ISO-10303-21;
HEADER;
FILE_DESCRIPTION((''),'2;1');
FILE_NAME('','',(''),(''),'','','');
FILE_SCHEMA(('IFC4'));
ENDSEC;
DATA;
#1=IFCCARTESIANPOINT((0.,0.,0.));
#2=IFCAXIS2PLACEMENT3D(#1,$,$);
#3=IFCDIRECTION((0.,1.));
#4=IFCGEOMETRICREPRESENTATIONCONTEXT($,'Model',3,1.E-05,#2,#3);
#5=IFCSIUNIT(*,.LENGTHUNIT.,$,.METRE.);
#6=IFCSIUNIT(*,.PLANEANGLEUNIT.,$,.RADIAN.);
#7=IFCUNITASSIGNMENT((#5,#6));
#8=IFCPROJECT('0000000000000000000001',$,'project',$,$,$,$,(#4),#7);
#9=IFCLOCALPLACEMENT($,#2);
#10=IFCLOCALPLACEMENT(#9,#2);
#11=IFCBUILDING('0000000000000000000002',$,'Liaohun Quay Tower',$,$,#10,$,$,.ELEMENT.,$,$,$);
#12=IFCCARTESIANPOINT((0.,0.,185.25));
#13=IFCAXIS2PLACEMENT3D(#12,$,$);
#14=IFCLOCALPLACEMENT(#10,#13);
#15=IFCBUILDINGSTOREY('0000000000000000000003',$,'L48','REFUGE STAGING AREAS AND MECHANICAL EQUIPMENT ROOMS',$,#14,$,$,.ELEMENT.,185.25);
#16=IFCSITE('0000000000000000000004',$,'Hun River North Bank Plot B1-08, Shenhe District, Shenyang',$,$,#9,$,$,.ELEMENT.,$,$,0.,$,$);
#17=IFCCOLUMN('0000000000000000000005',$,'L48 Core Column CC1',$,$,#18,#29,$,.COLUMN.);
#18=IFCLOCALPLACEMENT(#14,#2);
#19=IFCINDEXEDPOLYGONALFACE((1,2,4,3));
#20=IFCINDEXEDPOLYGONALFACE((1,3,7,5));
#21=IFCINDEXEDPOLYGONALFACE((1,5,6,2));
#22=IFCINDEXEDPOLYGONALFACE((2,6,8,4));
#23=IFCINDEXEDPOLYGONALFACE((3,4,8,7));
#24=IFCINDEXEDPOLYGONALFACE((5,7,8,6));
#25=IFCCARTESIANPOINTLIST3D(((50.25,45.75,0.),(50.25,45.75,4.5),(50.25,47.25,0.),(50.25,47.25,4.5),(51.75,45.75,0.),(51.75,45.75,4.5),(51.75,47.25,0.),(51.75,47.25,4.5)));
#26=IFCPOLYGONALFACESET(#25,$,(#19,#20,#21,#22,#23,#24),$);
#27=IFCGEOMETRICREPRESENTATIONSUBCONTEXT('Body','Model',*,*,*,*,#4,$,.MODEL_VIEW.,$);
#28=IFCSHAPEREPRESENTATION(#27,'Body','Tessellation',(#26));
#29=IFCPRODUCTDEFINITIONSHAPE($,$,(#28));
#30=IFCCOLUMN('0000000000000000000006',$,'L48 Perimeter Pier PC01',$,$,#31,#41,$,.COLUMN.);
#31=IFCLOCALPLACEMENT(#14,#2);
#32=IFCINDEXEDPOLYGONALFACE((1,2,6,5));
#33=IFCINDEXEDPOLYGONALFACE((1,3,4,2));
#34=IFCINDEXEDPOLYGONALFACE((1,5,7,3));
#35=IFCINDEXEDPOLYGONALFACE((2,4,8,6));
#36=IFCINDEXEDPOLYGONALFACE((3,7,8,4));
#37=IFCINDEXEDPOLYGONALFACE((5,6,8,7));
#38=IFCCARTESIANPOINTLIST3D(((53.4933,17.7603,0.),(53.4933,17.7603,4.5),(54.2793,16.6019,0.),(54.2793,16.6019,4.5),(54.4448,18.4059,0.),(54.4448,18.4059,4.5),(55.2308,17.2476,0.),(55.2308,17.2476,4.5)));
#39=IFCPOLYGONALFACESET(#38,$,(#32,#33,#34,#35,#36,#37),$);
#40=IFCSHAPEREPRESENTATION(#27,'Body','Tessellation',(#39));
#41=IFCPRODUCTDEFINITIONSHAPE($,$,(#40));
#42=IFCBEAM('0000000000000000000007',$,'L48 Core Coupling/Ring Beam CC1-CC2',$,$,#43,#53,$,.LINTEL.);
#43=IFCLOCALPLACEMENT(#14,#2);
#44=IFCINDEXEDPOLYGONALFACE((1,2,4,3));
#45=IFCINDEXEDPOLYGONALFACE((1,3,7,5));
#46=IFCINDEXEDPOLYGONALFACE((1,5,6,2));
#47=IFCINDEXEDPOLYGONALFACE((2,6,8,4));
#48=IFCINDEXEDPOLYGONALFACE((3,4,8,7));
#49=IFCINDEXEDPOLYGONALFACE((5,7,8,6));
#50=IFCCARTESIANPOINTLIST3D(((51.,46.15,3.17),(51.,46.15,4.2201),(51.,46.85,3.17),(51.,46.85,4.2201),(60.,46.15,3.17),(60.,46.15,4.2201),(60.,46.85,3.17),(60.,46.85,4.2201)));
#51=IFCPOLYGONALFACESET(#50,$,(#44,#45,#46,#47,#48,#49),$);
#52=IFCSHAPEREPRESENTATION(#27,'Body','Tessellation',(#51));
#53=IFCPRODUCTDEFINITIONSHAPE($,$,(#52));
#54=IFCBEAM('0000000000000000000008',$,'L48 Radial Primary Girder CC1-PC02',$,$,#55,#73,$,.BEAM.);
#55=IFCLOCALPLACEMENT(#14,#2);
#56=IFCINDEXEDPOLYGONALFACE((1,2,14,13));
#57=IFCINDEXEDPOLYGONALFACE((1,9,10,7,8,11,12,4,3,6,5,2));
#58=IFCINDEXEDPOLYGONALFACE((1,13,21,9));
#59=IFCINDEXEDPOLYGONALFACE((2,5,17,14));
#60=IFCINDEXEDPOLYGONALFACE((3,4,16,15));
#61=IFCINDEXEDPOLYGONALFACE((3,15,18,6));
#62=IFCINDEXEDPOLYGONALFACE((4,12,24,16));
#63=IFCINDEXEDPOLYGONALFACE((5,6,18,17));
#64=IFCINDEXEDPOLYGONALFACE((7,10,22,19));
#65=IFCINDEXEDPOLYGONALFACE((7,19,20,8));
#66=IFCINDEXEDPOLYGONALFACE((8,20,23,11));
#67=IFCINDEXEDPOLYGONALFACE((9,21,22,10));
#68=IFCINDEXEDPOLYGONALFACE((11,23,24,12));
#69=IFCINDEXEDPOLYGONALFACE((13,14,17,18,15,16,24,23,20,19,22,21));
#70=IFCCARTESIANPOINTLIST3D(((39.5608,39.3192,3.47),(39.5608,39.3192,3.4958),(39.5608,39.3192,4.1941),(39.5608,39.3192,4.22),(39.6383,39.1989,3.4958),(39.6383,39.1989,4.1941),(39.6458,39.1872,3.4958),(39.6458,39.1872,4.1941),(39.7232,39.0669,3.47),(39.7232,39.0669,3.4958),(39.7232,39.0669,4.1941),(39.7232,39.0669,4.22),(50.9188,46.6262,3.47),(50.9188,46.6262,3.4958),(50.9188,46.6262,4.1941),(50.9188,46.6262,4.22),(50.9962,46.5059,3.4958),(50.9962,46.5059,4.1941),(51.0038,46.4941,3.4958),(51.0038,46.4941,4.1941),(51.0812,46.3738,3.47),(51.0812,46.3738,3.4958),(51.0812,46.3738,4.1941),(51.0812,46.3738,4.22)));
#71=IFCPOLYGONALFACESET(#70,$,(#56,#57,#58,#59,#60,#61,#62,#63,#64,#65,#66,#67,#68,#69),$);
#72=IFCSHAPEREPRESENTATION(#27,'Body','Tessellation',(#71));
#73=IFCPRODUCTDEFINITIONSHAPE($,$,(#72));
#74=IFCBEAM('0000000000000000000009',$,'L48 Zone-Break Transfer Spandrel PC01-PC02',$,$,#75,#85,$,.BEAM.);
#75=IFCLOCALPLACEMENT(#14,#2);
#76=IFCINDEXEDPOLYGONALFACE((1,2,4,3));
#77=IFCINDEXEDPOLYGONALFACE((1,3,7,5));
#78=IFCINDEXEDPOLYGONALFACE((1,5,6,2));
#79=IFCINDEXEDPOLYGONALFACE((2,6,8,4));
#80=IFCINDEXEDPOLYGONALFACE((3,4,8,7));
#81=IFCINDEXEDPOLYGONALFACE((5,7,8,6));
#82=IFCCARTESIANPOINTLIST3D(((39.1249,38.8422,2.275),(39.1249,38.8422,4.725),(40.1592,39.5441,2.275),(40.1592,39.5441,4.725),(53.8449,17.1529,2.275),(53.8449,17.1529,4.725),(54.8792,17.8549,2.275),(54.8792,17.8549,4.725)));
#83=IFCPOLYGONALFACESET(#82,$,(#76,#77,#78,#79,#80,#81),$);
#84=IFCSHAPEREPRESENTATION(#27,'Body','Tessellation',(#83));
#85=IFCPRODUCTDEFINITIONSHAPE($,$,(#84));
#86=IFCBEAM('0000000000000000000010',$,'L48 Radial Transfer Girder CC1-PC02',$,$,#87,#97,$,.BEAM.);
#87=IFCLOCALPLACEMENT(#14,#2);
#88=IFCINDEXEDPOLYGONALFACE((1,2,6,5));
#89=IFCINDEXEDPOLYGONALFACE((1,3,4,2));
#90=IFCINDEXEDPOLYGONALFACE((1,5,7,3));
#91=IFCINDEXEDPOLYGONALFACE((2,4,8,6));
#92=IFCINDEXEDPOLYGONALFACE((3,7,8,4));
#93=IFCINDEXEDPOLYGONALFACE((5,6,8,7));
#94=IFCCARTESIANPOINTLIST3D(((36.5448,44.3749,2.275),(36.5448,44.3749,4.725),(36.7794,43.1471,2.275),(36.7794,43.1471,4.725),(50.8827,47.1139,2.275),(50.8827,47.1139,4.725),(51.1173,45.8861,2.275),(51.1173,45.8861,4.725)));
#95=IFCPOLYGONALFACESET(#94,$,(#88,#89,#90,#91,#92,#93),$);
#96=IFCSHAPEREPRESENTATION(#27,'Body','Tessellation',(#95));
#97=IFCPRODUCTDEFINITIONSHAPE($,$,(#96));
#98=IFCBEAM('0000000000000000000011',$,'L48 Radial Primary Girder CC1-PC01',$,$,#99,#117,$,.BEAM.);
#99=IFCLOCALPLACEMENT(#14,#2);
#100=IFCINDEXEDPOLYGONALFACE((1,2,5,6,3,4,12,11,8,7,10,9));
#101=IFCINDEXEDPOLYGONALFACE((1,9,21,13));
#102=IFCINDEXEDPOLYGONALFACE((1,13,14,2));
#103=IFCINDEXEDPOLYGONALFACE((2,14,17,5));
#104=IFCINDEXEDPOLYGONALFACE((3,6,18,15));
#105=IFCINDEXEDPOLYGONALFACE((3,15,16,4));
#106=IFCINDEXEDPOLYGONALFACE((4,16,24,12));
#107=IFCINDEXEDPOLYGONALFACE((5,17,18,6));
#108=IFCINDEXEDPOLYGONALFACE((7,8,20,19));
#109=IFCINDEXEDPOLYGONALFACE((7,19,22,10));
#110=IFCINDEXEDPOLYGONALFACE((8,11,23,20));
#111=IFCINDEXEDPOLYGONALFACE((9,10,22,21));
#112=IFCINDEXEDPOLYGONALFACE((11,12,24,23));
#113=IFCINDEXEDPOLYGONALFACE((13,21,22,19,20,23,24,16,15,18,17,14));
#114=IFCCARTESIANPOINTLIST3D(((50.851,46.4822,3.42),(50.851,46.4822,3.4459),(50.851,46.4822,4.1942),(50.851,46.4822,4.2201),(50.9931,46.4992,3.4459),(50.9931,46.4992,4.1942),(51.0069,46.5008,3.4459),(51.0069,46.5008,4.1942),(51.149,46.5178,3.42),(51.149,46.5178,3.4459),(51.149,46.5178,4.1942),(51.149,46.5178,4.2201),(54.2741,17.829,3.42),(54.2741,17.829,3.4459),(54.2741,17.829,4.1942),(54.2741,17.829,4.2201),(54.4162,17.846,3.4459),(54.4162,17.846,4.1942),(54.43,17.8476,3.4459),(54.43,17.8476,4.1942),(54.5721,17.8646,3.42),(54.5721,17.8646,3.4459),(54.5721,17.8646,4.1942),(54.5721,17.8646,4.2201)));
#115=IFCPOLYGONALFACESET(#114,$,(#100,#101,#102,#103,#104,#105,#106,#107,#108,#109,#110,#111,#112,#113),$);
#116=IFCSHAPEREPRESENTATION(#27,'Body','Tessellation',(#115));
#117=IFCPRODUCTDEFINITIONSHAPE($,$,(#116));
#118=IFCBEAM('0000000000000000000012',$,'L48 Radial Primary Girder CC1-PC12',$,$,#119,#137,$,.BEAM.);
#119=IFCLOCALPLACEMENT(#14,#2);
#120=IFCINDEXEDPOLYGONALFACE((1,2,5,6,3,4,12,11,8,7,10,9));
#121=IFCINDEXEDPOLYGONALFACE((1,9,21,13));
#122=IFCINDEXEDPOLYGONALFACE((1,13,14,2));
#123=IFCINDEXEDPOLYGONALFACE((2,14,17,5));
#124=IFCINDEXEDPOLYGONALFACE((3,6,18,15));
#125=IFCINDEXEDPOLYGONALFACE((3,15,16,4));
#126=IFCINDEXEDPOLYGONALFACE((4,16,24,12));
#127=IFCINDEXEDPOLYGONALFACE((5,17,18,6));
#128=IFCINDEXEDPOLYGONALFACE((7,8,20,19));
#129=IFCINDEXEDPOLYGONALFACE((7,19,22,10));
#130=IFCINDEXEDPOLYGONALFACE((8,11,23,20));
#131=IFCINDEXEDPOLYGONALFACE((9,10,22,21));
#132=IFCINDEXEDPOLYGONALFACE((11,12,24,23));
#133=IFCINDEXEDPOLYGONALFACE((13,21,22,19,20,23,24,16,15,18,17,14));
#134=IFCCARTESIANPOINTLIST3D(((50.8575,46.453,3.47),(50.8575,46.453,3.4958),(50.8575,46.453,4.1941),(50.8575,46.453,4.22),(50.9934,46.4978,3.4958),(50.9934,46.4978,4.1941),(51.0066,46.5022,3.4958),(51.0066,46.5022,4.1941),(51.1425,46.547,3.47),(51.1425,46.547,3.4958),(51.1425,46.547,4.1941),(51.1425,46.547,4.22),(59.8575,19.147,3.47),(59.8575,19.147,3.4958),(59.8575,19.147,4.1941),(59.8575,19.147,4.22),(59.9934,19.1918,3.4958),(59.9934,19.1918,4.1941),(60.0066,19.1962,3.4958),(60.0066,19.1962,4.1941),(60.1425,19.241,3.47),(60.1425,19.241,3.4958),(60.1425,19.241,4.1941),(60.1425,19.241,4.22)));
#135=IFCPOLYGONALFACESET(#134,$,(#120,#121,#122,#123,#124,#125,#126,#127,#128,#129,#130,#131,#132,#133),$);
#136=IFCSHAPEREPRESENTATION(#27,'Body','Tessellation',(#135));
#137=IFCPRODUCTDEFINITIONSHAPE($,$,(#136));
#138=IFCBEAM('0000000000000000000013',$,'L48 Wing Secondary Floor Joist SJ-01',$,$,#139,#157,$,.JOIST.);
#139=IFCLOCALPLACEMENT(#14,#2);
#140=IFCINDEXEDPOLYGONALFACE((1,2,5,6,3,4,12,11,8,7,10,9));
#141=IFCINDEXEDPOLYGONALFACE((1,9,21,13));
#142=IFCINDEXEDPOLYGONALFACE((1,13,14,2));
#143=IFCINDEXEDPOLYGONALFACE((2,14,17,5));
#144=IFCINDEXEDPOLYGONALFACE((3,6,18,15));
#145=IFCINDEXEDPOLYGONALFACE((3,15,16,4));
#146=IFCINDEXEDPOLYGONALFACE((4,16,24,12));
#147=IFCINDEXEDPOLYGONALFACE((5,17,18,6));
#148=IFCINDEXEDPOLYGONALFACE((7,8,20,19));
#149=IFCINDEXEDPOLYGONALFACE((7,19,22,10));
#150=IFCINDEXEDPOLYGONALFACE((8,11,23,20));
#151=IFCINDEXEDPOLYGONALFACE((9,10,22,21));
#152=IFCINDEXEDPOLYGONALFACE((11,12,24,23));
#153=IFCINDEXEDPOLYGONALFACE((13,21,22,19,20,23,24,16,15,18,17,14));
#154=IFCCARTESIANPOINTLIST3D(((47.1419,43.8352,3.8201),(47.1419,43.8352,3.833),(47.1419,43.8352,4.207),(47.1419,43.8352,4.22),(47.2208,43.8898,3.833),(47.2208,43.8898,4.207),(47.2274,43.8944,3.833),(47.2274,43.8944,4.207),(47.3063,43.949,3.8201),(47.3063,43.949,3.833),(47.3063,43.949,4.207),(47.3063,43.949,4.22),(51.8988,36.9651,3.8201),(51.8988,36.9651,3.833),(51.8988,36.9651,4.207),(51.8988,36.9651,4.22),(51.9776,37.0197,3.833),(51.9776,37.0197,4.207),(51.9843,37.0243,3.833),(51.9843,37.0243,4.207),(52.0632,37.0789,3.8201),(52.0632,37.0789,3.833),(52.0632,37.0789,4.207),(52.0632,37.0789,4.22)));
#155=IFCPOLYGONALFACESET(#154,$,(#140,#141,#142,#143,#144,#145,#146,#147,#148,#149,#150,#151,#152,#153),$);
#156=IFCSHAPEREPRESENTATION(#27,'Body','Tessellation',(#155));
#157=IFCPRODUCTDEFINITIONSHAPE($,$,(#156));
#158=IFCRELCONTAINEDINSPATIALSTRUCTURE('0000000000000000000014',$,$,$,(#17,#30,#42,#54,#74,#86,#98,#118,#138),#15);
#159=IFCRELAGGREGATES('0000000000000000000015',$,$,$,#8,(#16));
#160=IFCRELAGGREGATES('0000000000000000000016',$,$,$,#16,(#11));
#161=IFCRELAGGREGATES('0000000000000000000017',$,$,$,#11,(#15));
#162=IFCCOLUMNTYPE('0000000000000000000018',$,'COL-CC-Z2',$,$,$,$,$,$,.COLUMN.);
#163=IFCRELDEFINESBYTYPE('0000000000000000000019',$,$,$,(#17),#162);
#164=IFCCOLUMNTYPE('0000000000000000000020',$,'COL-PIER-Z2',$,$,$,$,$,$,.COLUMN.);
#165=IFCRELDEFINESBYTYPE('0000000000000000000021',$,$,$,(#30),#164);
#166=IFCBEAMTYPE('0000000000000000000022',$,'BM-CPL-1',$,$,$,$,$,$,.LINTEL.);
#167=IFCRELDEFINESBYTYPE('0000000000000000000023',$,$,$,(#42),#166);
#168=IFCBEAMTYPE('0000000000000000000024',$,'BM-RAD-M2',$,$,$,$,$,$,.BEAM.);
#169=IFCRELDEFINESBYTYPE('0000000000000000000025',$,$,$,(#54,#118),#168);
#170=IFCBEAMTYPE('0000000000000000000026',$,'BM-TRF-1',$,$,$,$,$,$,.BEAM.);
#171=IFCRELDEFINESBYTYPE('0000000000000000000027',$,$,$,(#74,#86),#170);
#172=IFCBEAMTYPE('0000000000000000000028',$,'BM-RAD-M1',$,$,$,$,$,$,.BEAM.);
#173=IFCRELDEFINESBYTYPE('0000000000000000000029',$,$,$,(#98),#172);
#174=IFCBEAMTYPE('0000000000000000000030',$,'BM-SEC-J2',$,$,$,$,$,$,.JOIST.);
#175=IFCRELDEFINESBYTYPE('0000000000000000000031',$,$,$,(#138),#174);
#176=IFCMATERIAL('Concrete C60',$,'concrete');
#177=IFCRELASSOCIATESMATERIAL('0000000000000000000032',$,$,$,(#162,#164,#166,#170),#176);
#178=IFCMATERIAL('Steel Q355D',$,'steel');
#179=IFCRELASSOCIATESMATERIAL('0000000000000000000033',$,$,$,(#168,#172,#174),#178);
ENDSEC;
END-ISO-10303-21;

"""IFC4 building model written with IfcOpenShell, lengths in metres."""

from ifc_helpers import new_model, si_unit, direction, frame, origin, origin_2d, place, context, subcontext, project, spatial, rectangle, i_section, extrude, source, transform, mapped, material, material_profile, profile_set, type_object, element, save


model = new_model("IFC4")

# Units and contexts
model_context = context("Model", 3, precision=1e-05, world=origin(), true_north=direction((0.0, 1.0)))
body_context = subcontext(model_context, "Body", "Model", "MODEL_VIEW")
ifc_project = project(units=[si_unit("LENGTHUNIT", "METRE"), si_unit("PLANEANGLEUNIT", "RADIAN")], contexts=[model_context])

# Site, building, storey
site_placement = place(None, origin())
site = spatial("IfcSite", under=ifc_project, at=site_placement, Name="Hun River North Bank Plot B1-08, Shenhe District, Shenyang", CompositionType="ELEMENT", RefElevation=0.0)
building_placement = place(site_placement, origin())
building = spatial("IfcBuilding", under=site, at=building_placement, Name="Liaohun Quay Tower", CompositionType="ELEMENT")
storey_placement = place(building_placement, frame((0.0, 0.0, 185.25)))
storey = spatial("IfcBuildingStorey", under=building, at=storey_placement, Name="L48", Description="REFUGE STAGING AREAS AND MECHANICAL EQUIPMENT ROOMS", CompositionType="ELEMENT", Elevation=185.25)

# Columns
ifc_material_1 = material(Name="Concrete C60", Category="concrete")
ifc_material_profile_1 = material_profile(ifc_material_1, rectangle(XDim=1.5, YDim=1.5, at=origin_2d()), Name="RC1500x1500")
ifc_profile_set_1 = profile_set([ifc_material_profile_1], Name="Concrete C60")
column_type_1 = type_object("IfcColumnType", Name="COL-CC-Z2", PredefinedType="COLUMN", material=ifc_profile_set_1)
shared_shape_1 = source(origin(), body_context, "Body", "SweptSolid", [
    extrude(rectangle(XDim=1.5, YDim=1.5, at=origin_2d()), origin(), (0.0, 0.0, 1.0), 4.5),
])
column_1_placement = place(storey_placement, frame((51.0, 46.5, 0.0), z_axis=(0.0, 0.0, 1.0), x_axis=(1.0, 0.0, 0.0)))
element("IfcColumn", 1, at=column_1_placement, inside=storey, type_object=column_type_1, Name="L48 Core Column CC1", PredefinedType="COLUMN", context=body_context, shape_type="MappedRepresentation", body=[
    mapped(shared_shape_1, transform((0.0, 0.0, 0.0), x_axis=(1.0, 0.0, 0.0), y_axis=(0.0, 1.0, 0.0), z_axis=(0.0, 0.0, 1.0), scale=1.0)),
])
ifc_material_profile_2 = material_profile(ifc_material_1, rectangle(XDim=1.3999, YDim=1.1499, at=origin_2d()), Name="RC1400x1150")
ifc_profile_set_2 = profile_set([ifc_material_profile_2], Name="Concrete C60")
column_type_2 = type_object("IfcColumnType", Name="COL-PIER-Z2", PredefinedType="COLUMN", material=ifc_profile_set_2)
shared_shape_2 = source(origin(), body_context, "Body", "SweptSolid", [
    extrude(rectangle(XDim=1.3999, YDim=1.1499, at=origin_2d()), origin(), (0.0, 0.0, 1.0), 4.5),
])
column_2_placement = place(storey_placement, frame((54.3621, 17.5039, 0.0), z_axis=(0.0, 0.0, 1.0), x_axis=(-0.561506, 0.827473, 0.0)))
element("IfcColumn", 2, at=column_2_placement, inside=storey, type_object=column_type_2, Name="L48 Perimeter Pier PC01", PredefinedType="COLUMN", context=body_context, shape_type="MappedRepresentation", body=[
    mapped(shared_shape_2, transform((0.0, 0.0, 0.0), x_axis=(1.0, 0.0, 0.0), y_axis=(0.0, 1.0, 0.0), z_axis=(0.0, 0.0, 1.0), scale=1.0)),
])

# Beams
ifc_material_profile_3 = material_profile(ifc_material_1, rectangle(XDim=0.7, YDim=1.05, at=origin_2d()), Name="RC700x1050")
ifc_profile_set_3 = profile_set([ifc_material_profile_3], Name="Concrete C60")
beam_type_1 = type_object("IfcBeamType", Name="BM-CPL-1", PredefinedType="LINTEL", material=ifc_profile_set_3)
shared_shape_3 = source(origin(), body_context, "Body", "SweptSolid", [
    extrude(rectangle(XDim=0.7, YDim=1.05, at=origin_2d()), origin(), (0.0, 0.0, 1.0), 9.0),
])
beam_1_placement = place(storey_placement, frame((51.0, 46.5, 3.6951), z_axis=(1.0, 0.0, 0.0), x_axis=(0.0, 1.0, 0.0)))
element("IfcBeam", 3, at=beam_1_placement, inside=storey, type_object=beam_type_1, Name="L48 Core Coupling/Ring Beam CC1-CC2", PredefinedType="LINTEL", context=body_context, shape_type="MappedRepresentation", body=[
    mapped(shared_shape_3, transform((0.0, 0.0, 0.0), x_axis=(1.0, 0.0, 0.0), y_axis=(0.0, 1.0, 0.0), z_axis=(0.0, 0.0, 1.0), scale=1.0)),
])
ifc_material_2 = material(Name="Steel Q355D", Category="steel")
ifc_material_profile_4 = material_profile(ifc_material_2, i_section(OverallWidth=0.3, OverallDepth=0.75, WebThickness=0.0139, FlangeThickness=0.0259, at=origin_2d()), Name="HN750x300x14x26")
ifc_profile_set_4 = profile_set([ifc_material_profile_4], Name="Steel Q355D")
beam_type_2 = type_object("IfcBeamType", Name="BM-RAD-M2", PredefinedType="BEAM", material=ifc_profile_set_4)
shared_shape_4 = source(origin(), body_context, "Body", "SweptSolid", [
    extrude(i_section(OverallWidth=0.3, OverallDepth=0.75, WebThickness=0.0139, FlangeThickness=0.0259, at=origin_2d()), origin(), (0.0, 0.0, 1.0), 13.5054),
])
beam_2_placement = place(storey_placement, frame((51.0, 46.5, 3.845), z_axis=(-0.840998, -0.541039, 0.0), x_axis=(0.541039, -0.840998, 0.0)))
element("IfcBeam", 4, at=beam_2_placement, inside=storey, type_object=beam_type_2, Name="L48 Radial Primary Girder CC1-PC02", PredefinedType="BEAM", context=body_context, shape_type="MappedRepresentation", body=[
    mapped(shared_shape_4, transform((0.0, 0.0, 0.0), x_axis=(1.0, 0.0, 0.0), y_axis=(0.0, 1.0, 0.0), z_axis=(0.0, 0.0, 1.0), scale=1.0)),
])
ifc_material_profile_5 = material_profile(ifc_material_1, rectangle(XDim=1.25, YDim=2.45, at=origin_2d()), Name="RC1250x2450")
ifc_profile_set_5 = profile_set([ifc_material_profile_5], Name="Concrete C60")
beam_type_3 = type_object("IfcBeamType", Name="BM-TRF-1", PredefinedType="BEAM", material=ifc_profile_set_5)
shared_shape_5 = source(origin(), body_context, "Body", "SweptSolid", [
    extrude(rectangle(XDim=1.25, YDim=2.45, at=origin_2d()), origin(), (0.0, 0.0, 1.0), 26.2126),
])
beam_3_placement = place(storey_placement, frame((54.3621, 17.5039, 3.5), z_axis=(-0.561561, 0.827435, 0.0), x_axis=(-0.827435, -0.561561, 0.0)))
element("IfcBeam", 5, at=beam_3_placement, inside=storey, type_object=beam_type_3, Name="L48 Zone-Break Transfer Spandrel PC01-PC02", PredefinedType="BEAM", context=body_context, shape_type="MappedRepresentation", body=[
    mapped(shared_shape_5, transform((0.0, 0.0, 0.0), x_axis=(1.0, 0.0, 0.0), y_axis=(0.0, 1.0, 0.0), z_axis=(0.0, 0.0, 1.0), scale=1.0)),
])
shared_shape_6 = source(origin(), body_context, "Body", "SweptSolid", [
    extrude(rectangle(XDim=1.25, YDim=2.45, at=origin_2d()), origin(), (0.0, 0.0, 1.0), 14.5972),
])
beam_4_placement = place(storey_placement, frame((51.0, 46.5, 3.5), z_axis=(-0.982238, -0.18764, 0.0), x_axis=(0.18764, -0.982238, 0.0)))
element("IfcBeam", 6, at=beam_4_placement, inside=storey, type_object=beam_type_3, Name="L48 Radial Transfer Girder CC1-PC02", PredefinedType="BEAM", context=body_context, shape_type="MappedRepresentation", body=[
    mapped(shared_shape_6, transform((0.0, 0.0, 0.0), x_axis=(1.0, 0.0, 0.0), y_axis=(0.0, 1.0, 0.0), z_axis=(0.0, 0.0, 1.0), scale=1.0)),
])
ifc_material_profile_6 = material_profile(ifc_material_2, i_section(OverallWidth=0.3, OverallDepth=0.8, WebThickness=0.0139, FlangeThickness=0.0259, at=origin_2d()), Name="HN800x300x14x26")
ifc_profile_set_6 = profile_set([ifc_material_profile_6], Name="Steel Q355D")
beam_type_4 = type_object("IfcBeamType", Name="BM-RAD-M1", PredefinedType="BEAM", material=ifc_profile_set_6)
shared_shape_7 = source(origin(), body_context, "Body", "SweptSolid", [
    extrude(i_section(OverallWidth=0.3, OverallDepth=0.8, WebThickness=0.0139, FlangeThickness=0.0259, at=origin_2d()), origin(), (0.0, 0.0, 1.0), 28.8569),
])
beam_5_placement = place(storey_placement, frame((51.0, 46.5, 3.8201), z_axis=(0.118623, -0.992939, 0.0), x_axis=(0.992939, 0.118623, 0.0)))
element("IfcBeam", 7, at=beam_5_placement, inside=storey, type_object=beam_type_4, Name="L48 Radial Primary Girder CC1-PC01", PredefinedType="BEAM", context=body_context, shape_type="MappedRepresentation", body=[
    mapped(shared_shape_7, transform((0.0, 0.0, 0.0), x_axis=(1.0, 0.0, 0.0), y_axis=(0.0, 1.0, 0.0), z_axis=(0.0, 0.0, 1.0), scale=1.0)),
])
shared_shape_8 = source(origin(), body_context, "Body", "SweptSolid", [
    extrude(i_section(OverallWidth=0.3, OverallDepth=0.75, WebThickness=0.0139, FlangeThickness=0.0259, at=origin_2d()), origin(), (0.0, 0.0, 1.0), 28.751),
])
beam_6_placement = place(storey_placement, frame((51.0, 46.5, 3.845), z_axis=(0.313034, -0.949742, 0.0), x_axis=(0.949742, 0.313034, 0.0)))
element("IfcBeam", 8, at=beam_6_placement, inside=storey, type_object=beam_type_2, Name="L48 Radial Primary Girder CC1-PC12", PredefinedType="BEAM", context=body_context, shape_type="MappedRepresentation", body=[
    mapped(shared_shape_8, transform((0.0, 0.0, 0.0), x_axis=(1.0, 0.0, 0.0), y_axis=(0.0, 1.0, 0.0), z_axis=(0.0, 0.0, 1.0), scale=1.0)),
])
ifc_material_profile_7 = material_profile(ifc_material_2, i_section(OverallWidth=0.2, OverallDepth=0.3999, WebThickness=0.0081, FlangeThickness=0.0129, at=origin_2d()), Name="HN400x200x8x13")
ifc_profile_set_7 = profile_set([ifc_material_profile_7], Name="Steel Q355D")
beam_type_5 = type_object("IfcBeamType", Name="BM-SEC-J2", PredefinedType="JOIST", material=ifc_profile_set_7)
shared_shape_9 = source(origin(), body_context, "Body", "SweptSolid", [
    extrude(i_section(OverallWidth=0.2, OverallDepth=0.3999, WebThickness=0.0081, FlangeThickness=0.0129, at=origin_2d()), origin(), (0.0, 0.0, 1.0), 8.3562),
])
beam_7_placement = place(storey_placement, frame((51.981, 37.022, 4.02), z_axis=(-0.569259, 0.822159, 0.0), x_axis=(-0.822159, -0.569259, 0.0)))
element("IfcBeam", 9, at=beam_7_placement, inside=storey, type_object=beam_type_5, Name="L48 Wing Secondary Floor Joist SJ-01", PredefinedType="JOIST", context=body_context, shape_type="MappedRepresentation", body=[
    mapped(shared_shape_9, transform((0.0, 0.0, 0.0), x_axis=(1.0, 0.0, 0.0), y_axis=(0.0, 1.0, 0.0), z_axis=(0.0, 0.0, 1.0), scale=1.0)),
])

save(model, "model.ifc")
